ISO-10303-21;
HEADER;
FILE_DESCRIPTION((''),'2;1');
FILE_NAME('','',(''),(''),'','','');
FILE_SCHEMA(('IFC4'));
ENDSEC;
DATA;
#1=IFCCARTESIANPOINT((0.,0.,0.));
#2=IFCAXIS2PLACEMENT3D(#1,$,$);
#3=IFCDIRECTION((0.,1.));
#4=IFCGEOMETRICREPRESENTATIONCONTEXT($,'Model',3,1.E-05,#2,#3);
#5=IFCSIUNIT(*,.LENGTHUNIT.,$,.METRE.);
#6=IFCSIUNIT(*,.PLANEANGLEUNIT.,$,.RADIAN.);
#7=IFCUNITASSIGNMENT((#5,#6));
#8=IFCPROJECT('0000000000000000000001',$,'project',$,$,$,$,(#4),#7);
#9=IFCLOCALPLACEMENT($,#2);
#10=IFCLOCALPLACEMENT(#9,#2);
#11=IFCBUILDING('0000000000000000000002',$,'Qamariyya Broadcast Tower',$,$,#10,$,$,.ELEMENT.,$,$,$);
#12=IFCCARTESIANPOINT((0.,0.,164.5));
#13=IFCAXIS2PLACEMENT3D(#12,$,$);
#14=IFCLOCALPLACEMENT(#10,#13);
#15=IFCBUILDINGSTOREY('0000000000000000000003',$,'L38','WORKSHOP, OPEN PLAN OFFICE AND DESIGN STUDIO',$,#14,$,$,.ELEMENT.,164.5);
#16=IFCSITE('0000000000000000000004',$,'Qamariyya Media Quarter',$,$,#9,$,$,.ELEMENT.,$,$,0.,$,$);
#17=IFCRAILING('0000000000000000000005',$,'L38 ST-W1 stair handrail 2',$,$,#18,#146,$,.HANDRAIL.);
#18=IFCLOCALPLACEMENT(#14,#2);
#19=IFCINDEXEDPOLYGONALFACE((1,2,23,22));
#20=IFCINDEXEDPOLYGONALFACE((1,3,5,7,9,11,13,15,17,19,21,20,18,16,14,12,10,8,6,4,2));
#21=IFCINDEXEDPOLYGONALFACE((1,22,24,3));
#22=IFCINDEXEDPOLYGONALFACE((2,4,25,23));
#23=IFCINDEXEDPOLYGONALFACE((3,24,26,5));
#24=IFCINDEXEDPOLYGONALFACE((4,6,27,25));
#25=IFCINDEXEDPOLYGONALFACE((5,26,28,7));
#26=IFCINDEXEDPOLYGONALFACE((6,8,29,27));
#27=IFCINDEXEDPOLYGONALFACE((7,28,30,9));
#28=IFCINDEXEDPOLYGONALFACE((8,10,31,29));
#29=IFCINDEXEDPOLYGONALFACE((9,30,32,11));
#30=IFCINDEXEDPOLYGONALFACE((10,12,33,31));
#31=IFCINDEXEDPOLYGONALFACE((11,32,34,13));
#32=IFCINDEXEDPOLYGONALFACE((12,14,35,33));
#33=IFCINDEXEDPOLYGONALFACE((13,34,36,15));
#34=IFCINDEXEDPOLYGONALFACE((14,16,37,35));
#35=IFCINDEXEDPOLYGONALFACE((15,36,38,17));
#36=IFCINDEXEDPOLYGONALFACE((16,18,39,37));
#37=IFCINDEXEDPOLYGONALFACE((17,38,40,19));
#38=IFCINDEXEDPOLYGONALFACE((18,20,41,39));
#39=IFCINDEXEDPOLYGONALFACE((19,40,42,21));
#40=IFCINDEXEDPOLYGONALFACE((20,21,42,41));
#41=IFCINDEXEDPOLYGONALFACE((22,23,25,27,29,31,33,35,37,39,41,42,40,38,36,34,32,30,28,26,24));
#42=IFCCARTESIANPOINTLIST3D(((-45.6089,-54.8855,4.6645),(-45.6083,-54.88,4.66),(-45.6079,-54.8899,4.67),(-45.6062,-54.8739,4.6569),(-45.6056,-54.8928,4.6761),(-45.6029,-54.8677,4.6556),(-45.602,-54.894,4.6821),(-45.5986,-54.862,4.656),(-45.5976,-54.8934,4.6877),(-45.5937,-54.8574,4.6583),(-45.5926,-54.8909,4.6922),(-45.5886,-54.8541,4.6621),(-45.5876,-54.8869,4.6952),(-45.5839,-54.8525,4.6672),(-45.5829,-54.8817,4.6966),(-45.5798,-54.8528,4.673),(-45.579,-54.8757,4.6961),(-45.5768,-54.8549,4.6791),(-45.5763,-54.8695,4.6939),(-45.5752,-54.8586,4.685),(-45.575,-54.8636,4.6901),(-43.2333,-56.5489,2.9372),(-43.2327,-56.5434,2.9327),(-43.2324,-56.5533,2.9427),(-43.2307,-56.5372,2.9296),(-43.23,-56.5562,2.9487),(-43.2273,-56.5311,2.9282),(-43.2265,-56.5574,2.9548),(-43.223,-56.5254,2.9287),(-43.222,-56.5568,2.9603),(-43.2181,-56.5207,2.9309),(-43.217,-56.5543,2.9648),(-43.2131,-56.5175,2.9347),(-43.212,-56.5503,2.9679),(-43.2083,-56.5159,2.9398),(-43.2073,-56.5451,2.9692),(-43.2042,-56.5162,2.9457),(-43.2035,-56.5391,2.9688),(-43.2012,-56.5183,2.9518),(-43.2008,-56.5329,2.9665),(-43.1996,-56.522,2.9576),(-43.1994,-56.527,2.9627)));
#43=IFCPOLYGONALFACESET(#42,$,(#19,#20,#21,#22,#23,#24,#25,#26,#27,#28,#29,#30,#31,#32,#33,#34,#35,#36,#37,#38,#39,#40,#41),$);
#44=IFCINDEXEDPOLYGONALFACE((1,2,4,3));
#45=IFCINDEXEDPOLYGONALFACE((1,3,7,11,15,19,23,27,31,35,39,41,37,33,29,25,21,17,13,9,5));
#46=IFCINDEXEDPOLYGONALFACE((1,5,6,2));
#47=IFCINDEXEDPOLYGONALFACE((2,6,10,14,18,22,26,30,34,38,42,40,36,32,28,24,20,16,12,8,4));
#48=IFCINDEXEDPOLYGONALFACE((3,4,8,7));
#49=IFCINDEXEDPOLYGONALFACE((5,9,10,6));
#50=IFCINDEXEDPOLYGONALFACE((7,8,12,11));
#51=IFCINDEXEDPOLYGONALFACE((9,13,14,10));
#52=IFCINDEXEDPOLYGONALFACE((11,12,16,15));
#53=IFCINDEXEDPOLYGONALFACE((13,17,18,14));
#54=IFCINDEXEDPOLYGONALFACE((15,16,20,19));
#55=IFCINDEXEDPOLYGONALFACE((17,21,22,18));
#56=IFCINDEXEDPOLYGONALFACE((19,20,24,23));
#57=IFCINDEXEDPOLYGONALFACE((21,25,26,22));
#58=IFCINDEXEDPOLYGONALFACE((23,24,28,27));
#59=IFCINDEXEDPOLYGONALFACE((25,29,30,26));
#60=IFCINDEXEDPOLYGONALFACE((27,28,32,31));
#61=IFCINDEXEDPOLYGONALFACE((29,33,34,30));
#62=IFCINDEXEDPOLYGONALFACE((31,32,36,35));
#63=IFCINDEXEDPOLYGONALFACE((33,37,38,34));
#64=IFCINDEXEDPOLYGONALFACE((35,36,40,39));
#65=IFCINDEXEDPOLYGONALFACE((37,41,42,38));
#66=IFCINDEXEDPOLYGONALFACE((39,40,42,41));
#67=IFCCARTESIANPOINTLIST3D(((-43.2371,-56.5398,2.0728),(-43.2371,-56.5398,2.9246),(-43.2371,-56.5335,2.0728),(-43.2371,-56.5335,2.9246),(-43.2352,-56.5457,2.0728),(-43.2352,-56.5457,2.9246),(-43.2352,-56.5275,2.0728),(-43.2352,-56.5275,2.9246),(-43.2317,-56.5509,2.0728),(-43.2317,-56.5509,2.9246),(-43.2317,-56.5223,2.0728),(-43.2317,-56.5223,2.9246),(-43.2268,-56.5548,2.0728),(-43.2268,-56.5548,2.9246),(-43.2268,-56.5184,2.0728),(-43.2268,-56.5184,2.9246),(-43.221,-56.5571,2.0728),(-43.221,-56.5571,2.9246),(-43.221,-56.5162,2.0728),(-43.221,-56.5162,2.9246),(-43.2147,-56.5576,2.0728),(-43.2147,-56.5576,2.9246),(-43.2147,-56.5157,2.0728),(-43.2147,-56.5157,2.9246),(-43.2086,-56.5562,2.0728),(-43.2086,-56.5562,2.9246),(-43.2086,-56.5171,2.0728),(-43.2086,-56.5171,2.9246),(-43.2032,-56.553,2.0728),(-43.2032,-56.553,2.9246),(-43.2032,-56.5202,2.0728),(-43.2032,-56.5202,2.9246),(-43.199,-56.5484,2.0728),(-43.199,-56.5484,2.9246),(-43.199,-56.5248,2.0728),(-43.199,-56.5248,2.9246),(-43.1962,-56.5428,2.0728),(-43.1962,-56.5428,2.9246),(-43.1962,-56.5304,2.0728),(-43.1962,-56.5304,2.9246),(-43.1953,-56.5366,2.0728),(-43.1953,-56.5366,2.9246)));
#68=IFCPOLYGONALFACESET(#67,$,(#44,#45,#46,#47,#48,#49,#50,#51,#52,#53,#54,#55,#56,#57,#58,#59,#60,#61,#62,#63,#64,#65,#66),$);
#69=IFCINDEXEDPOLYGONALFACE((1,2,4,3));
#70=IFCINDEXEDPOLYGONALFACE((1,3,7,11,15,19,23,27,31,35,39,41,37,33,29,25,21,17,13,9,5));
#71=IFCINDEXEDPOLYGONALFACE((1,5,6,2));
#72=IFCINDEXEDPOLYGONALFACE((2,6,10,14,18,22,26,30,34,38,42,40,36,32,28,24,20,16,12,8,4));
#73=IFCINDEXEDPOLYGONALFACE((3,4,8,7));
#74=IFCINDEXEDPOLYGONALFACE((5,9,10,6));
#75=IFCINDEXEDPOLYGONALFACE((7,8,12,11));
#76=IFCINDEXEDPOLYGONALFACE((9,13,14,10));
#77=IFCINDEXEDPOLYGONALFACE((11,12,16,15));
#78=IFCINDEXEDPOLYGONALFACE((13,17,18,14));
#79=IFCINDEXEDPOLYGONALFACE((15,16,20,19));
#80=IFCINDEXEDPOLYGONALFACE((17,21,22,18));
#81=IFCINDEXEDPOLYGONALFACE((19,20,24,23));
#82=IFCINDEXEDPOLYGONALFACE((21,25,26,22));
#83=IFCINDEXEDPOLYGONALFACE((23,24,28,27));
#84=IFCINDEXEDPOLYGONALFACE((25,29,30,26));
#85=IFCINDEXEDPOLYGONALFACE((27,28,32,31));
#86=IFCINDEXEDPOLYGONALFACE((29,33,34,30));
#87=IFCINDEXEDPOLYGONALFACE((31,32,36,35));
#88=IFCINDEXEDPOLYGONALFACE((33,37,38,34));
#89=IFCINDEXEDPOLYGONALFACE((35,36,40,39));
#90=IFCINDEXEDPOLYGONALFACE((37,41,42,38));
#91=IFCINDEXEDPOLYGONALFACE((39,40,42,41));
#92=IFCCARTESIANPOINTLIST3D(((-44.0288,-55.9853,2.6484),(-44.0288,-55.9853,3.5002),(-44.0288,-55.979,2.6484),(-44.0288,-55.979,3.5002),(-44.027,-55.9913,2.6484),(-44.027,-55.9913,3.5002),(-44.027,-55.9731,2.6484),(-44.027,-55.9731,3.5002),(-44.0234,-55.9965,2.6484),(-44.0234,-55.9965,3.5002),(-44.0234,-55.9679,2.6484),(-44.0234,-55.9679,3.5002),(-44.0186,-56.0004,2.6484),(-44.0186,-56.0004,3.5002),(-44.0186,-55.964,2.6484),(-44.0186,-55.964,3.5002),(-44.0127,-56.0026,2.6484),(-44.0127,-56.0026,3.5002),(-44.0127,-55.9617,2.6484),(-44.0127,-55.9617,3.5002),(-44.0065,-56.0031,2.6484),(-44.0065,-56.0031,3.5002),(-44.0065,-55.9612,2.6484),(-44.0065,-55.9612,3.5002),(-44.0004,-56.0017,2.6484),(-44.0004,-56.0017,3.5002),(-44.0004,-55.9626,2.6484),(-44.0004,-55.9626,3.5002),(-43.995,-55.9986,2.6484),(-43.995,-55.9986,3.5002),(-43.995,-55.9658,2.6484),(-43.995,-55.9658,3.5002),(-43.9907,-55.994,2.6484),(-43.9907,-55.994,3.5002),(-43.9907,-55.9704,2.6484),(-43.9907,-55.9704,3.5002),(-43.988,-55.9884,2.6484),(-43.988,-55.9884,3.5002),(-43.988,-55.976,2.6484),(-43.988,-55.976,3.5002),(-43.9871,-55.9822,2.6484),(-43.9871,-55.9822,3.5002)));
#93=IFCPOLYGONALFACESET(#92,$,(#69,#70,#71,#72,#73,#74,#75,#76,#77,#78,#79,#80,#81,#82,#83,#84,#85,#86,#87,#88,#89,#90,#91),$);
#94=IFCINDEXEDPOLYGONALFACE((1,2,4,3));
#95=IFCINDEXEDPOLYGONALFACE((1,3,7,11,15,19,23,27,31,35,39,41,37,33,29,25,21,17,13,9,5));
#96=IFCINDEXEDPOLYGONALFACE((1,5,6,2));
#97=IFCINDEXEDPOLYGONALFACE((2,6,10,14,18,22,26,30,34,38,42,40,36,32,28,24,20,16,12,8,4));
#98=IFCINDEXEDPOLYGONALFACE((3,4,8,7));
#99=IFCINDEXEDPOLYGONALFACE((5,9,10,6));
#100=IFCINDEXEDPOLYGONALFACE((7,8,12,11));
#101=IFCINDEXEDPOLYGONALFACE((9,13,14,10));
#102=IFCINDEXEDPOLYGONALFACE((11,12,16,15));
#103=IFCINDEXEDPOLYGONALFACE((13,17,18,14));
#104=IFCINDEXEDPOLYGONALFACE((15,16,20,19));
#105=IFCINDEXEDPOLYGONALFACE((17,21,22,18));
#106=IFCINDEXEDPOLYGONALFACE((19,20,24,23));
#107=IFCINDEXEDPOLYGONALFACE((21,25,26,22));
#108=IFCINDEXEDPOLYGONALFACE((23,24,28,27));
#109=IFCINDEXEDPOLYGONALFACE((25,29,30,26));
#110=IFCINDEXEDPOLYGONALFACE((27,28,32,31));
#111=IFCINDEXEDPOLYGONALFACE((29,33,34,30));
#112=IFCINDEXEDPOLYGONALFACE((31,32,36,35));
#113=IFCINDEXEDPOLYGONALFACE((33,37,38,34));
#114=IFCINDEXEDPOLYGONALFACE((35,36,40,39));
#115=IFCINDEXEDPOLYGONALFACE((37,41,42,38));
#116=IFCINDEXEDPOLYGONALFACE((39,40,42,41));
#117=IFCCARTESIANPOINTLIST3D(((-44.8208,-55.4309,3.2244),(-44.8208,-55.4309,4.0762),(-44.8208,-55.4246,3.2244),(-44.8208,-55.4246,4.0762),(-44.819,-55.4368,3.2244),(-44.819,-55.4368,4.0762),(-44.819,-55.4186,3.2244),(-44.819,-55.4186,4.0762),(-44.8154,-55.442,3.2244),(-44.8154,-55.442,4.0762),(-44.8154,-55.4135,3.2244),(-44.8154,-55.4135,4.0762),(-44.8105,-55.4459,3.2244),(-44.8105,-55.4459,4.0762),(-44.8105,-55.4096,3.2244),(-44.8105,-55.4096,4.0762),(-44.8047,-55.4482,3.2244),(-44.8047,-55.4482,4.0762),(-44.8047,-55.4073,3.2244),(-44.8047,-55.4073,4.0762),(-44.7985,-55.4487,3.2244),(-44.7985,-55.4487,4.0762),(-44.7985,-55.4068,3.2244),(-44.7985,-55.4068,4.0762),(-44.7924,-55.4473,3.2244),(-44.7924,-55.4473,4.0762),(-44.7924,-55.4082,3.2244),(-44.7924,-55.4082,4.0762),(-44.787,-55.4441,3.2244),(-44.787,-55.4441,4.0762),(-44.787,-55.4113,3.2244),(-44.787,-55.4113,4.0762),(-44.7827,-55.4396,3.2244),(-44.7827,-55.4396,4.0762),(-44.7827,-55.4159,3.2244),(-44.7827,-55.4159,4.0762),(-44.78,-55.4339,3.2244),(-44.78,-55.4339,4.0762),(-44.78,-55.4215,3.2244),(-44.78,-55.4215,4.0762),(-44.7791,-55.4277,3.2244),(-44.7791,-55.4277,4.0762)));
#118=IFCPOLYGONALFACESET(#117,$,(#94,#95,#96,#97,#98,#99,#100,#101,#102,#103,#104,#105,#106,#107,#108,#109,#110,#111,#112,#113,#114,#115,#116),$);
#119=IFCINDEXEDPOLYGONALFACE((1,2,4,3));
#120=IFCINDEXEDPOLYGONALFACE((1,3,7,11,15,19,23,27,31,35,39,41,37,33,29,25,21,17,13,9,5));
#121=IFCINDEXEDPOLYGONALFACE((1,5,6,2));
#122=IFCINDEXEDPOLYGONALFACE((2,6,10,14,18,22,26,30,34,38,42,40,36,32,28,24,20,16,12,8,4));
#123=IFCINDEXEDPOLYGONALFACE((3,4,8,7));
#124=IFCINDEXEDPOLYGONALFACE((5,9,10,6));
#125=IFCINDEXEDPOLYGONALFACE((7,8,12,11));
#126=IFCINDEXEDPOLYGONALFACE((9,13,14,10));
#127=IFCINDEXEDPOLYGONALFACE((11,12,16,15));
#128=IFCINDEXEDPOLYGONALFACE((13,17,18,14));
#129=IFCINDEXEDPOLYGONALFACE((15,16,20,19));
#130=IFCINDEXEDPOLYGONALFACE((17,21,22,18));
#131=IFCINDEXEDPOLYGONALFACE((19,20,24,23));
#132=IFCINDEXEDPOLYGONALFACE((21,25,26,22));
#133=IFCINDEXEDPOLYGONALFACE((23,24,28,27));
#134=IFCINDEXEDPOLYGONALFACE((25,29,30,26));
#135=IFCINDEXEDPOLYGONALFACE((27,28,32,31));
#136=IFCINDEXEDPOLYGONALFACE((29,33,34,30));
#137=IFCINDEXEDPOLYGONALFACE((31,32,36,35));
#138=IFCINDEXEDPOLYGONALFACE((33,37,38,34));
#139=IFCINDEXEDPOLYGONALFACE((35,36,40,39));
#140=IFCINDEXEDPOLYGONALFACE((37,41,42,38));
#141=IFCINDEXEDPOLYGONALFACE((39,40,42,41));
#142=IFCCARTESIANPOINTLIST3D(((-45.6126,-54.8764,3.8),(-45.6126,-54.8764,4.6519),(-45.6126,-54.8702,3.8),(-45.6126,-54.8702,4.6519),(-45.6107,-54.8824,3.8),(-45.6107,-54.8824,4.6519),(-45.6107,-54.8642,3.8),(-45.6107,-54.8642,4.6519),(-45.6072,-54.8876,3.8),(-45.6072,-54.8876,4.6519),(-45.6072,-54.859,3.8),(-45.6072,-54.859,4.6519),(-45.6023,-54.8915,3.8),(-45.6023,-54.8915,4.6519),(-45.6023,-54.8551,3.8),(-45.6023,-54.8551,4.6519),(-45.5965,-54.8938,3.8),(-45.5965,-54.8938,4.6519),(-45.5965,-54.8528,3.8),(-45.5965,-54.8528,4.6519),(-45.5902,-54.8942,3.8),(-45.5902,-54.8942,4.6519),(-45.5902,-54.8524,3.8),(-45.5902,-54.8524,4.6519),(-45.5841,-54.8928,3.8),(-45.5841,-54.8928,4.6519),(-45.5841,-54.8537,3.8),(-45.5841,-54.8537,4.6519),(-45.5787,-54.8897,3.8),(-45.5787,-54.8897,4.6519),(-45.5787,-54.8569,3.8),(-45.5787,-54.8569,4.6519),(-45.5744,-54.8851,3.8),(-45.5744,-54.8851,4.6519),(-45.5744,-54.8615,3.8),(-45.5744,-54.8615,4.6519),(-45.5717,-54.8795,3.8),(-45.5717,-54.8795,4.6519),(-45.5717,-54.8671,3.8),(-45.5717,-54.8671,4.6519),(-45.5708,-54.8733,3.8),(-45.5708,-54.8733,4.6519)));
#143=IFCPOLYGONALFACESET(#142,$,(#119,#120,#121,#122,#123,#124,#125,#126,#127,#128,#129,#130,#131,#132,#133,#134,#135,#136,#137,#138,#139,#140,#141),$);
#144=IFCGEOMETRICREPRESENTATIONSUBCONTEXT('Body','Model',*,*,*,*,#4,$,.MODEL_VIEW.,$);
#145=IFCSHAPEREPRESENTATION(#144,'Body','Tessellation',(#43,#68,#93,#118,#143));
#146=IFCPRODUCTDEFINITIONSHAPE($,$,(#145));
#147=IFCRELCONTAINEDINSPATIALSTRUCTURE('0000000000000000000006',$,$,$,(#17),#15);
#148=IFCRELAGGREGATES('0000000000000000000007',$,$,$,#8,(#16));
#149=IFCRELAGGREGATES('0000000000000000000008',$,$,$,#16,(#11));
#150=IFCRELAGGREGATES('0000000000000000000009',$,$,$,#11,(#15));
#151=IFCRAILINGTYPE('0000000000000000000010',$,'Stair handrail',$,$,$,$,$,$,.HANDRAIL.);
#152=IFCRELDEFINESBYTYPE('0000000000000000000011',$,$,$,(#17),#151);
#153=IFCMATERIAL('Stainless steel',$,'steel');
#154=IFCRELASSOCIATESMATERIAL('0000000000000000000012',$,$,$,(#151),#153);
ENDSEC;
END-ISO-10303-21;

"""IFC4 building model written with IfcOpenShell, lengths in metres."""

from ifc_helpers import new_model, si_unit, direction, frame, origin, origin_2d, place, context, subcontext, project, spatial, circle, extrude, material, type_object, element, save


model = new_model("IFC4")

# Units and contexts
model_context = context("Model", 3, precision=1e-05, world=origin(), true_north=direction((0.0, 1.0)))
body_context = subcontext(model_context, "Body", "Model", "MODEL_VIEW")
ifc_project = project(units=[si_unit("LENGTHUNIT", "METRE"), si_unit("PLANEANGLEUNIT", "RADIAN")], contexts=[model_context])

# Site, building, storey
site_placement = place(None, origin())
site = spatial("IfcSite", under=ifc_project, at=site_placement, Name="Qamariyya Media Quarter", CompositionType="ELEMENT", RefElevation=0.0)
building_placement = place(site_placement, origin())
building = spatial("IfcBuilding", under=site, at=building_placement, Name="Qamariyya Broadcast Tower", CompositionType="ELEMENT")
storey_placement = place(building_placement, frame((0.0, 0.0, 164.5)))
storey = spatial("IfcBuildingStorey", under=building, at=storey_placement, Name="L38", Description="WORKSHOP, OPEN PLAN OFFICE AND DESIGN STUDIO", CompositionType="ELEMENT", Elevation=164.5)

# Railing
ifc_material_1 = material(Name="Stainless steel", Category="steel")
railing_type_1 = type_object("IfcRailingType", Name="Stair handrail", PredefinedType="HANDRAIL", material=ifc_material_1)
railing_1_placement = place(storey_placement, frame((-43.2163, -56.5366, 2.0728)))
element("IfcRailing", 1, at=railing_1_placement, inside=storey, type_object=railing_type_1, Name="L38 ST-W1 stair handrail 2", PredefinedType="HANDRAIL", context=body_context, shape_type="SweptSolid", body=[
    extrude(circle(Radius=0.0239, at=origin_2d()), frame((0.0, 0.0, 0.876), z_axis=(-0.70377, 0.492784, 0.511734), x_axis=(-0.573575, -0.819153, 0.0)), (0.0, 0.0, 1.0), 3.3755),
    extrude(circle(Radius=0.021, at=origin_2d()), origin(), (0.0, 0.0, 1.0), 0.8518),
    extrude(circle(Radius=0.021, at=origin_2d()), frame((-0.7917, 0.5544, 0.5757)), (0.0, 0.0, 1.0), 0.8518),
    extrude(circle(Radius=0.021, at=origin_2d()), frame((-1.5837, 1.1089, 1.1516)), (0.0, 0.0, 1.0), 0.8518),
    extrude(circle(Radius=0.021, at=origin_2d()), frame((-2.3755, 1.6633, 1.7273)), (0.0, 0.0, 1.0), 0.8518),
])

save(model, "model.ifc")
